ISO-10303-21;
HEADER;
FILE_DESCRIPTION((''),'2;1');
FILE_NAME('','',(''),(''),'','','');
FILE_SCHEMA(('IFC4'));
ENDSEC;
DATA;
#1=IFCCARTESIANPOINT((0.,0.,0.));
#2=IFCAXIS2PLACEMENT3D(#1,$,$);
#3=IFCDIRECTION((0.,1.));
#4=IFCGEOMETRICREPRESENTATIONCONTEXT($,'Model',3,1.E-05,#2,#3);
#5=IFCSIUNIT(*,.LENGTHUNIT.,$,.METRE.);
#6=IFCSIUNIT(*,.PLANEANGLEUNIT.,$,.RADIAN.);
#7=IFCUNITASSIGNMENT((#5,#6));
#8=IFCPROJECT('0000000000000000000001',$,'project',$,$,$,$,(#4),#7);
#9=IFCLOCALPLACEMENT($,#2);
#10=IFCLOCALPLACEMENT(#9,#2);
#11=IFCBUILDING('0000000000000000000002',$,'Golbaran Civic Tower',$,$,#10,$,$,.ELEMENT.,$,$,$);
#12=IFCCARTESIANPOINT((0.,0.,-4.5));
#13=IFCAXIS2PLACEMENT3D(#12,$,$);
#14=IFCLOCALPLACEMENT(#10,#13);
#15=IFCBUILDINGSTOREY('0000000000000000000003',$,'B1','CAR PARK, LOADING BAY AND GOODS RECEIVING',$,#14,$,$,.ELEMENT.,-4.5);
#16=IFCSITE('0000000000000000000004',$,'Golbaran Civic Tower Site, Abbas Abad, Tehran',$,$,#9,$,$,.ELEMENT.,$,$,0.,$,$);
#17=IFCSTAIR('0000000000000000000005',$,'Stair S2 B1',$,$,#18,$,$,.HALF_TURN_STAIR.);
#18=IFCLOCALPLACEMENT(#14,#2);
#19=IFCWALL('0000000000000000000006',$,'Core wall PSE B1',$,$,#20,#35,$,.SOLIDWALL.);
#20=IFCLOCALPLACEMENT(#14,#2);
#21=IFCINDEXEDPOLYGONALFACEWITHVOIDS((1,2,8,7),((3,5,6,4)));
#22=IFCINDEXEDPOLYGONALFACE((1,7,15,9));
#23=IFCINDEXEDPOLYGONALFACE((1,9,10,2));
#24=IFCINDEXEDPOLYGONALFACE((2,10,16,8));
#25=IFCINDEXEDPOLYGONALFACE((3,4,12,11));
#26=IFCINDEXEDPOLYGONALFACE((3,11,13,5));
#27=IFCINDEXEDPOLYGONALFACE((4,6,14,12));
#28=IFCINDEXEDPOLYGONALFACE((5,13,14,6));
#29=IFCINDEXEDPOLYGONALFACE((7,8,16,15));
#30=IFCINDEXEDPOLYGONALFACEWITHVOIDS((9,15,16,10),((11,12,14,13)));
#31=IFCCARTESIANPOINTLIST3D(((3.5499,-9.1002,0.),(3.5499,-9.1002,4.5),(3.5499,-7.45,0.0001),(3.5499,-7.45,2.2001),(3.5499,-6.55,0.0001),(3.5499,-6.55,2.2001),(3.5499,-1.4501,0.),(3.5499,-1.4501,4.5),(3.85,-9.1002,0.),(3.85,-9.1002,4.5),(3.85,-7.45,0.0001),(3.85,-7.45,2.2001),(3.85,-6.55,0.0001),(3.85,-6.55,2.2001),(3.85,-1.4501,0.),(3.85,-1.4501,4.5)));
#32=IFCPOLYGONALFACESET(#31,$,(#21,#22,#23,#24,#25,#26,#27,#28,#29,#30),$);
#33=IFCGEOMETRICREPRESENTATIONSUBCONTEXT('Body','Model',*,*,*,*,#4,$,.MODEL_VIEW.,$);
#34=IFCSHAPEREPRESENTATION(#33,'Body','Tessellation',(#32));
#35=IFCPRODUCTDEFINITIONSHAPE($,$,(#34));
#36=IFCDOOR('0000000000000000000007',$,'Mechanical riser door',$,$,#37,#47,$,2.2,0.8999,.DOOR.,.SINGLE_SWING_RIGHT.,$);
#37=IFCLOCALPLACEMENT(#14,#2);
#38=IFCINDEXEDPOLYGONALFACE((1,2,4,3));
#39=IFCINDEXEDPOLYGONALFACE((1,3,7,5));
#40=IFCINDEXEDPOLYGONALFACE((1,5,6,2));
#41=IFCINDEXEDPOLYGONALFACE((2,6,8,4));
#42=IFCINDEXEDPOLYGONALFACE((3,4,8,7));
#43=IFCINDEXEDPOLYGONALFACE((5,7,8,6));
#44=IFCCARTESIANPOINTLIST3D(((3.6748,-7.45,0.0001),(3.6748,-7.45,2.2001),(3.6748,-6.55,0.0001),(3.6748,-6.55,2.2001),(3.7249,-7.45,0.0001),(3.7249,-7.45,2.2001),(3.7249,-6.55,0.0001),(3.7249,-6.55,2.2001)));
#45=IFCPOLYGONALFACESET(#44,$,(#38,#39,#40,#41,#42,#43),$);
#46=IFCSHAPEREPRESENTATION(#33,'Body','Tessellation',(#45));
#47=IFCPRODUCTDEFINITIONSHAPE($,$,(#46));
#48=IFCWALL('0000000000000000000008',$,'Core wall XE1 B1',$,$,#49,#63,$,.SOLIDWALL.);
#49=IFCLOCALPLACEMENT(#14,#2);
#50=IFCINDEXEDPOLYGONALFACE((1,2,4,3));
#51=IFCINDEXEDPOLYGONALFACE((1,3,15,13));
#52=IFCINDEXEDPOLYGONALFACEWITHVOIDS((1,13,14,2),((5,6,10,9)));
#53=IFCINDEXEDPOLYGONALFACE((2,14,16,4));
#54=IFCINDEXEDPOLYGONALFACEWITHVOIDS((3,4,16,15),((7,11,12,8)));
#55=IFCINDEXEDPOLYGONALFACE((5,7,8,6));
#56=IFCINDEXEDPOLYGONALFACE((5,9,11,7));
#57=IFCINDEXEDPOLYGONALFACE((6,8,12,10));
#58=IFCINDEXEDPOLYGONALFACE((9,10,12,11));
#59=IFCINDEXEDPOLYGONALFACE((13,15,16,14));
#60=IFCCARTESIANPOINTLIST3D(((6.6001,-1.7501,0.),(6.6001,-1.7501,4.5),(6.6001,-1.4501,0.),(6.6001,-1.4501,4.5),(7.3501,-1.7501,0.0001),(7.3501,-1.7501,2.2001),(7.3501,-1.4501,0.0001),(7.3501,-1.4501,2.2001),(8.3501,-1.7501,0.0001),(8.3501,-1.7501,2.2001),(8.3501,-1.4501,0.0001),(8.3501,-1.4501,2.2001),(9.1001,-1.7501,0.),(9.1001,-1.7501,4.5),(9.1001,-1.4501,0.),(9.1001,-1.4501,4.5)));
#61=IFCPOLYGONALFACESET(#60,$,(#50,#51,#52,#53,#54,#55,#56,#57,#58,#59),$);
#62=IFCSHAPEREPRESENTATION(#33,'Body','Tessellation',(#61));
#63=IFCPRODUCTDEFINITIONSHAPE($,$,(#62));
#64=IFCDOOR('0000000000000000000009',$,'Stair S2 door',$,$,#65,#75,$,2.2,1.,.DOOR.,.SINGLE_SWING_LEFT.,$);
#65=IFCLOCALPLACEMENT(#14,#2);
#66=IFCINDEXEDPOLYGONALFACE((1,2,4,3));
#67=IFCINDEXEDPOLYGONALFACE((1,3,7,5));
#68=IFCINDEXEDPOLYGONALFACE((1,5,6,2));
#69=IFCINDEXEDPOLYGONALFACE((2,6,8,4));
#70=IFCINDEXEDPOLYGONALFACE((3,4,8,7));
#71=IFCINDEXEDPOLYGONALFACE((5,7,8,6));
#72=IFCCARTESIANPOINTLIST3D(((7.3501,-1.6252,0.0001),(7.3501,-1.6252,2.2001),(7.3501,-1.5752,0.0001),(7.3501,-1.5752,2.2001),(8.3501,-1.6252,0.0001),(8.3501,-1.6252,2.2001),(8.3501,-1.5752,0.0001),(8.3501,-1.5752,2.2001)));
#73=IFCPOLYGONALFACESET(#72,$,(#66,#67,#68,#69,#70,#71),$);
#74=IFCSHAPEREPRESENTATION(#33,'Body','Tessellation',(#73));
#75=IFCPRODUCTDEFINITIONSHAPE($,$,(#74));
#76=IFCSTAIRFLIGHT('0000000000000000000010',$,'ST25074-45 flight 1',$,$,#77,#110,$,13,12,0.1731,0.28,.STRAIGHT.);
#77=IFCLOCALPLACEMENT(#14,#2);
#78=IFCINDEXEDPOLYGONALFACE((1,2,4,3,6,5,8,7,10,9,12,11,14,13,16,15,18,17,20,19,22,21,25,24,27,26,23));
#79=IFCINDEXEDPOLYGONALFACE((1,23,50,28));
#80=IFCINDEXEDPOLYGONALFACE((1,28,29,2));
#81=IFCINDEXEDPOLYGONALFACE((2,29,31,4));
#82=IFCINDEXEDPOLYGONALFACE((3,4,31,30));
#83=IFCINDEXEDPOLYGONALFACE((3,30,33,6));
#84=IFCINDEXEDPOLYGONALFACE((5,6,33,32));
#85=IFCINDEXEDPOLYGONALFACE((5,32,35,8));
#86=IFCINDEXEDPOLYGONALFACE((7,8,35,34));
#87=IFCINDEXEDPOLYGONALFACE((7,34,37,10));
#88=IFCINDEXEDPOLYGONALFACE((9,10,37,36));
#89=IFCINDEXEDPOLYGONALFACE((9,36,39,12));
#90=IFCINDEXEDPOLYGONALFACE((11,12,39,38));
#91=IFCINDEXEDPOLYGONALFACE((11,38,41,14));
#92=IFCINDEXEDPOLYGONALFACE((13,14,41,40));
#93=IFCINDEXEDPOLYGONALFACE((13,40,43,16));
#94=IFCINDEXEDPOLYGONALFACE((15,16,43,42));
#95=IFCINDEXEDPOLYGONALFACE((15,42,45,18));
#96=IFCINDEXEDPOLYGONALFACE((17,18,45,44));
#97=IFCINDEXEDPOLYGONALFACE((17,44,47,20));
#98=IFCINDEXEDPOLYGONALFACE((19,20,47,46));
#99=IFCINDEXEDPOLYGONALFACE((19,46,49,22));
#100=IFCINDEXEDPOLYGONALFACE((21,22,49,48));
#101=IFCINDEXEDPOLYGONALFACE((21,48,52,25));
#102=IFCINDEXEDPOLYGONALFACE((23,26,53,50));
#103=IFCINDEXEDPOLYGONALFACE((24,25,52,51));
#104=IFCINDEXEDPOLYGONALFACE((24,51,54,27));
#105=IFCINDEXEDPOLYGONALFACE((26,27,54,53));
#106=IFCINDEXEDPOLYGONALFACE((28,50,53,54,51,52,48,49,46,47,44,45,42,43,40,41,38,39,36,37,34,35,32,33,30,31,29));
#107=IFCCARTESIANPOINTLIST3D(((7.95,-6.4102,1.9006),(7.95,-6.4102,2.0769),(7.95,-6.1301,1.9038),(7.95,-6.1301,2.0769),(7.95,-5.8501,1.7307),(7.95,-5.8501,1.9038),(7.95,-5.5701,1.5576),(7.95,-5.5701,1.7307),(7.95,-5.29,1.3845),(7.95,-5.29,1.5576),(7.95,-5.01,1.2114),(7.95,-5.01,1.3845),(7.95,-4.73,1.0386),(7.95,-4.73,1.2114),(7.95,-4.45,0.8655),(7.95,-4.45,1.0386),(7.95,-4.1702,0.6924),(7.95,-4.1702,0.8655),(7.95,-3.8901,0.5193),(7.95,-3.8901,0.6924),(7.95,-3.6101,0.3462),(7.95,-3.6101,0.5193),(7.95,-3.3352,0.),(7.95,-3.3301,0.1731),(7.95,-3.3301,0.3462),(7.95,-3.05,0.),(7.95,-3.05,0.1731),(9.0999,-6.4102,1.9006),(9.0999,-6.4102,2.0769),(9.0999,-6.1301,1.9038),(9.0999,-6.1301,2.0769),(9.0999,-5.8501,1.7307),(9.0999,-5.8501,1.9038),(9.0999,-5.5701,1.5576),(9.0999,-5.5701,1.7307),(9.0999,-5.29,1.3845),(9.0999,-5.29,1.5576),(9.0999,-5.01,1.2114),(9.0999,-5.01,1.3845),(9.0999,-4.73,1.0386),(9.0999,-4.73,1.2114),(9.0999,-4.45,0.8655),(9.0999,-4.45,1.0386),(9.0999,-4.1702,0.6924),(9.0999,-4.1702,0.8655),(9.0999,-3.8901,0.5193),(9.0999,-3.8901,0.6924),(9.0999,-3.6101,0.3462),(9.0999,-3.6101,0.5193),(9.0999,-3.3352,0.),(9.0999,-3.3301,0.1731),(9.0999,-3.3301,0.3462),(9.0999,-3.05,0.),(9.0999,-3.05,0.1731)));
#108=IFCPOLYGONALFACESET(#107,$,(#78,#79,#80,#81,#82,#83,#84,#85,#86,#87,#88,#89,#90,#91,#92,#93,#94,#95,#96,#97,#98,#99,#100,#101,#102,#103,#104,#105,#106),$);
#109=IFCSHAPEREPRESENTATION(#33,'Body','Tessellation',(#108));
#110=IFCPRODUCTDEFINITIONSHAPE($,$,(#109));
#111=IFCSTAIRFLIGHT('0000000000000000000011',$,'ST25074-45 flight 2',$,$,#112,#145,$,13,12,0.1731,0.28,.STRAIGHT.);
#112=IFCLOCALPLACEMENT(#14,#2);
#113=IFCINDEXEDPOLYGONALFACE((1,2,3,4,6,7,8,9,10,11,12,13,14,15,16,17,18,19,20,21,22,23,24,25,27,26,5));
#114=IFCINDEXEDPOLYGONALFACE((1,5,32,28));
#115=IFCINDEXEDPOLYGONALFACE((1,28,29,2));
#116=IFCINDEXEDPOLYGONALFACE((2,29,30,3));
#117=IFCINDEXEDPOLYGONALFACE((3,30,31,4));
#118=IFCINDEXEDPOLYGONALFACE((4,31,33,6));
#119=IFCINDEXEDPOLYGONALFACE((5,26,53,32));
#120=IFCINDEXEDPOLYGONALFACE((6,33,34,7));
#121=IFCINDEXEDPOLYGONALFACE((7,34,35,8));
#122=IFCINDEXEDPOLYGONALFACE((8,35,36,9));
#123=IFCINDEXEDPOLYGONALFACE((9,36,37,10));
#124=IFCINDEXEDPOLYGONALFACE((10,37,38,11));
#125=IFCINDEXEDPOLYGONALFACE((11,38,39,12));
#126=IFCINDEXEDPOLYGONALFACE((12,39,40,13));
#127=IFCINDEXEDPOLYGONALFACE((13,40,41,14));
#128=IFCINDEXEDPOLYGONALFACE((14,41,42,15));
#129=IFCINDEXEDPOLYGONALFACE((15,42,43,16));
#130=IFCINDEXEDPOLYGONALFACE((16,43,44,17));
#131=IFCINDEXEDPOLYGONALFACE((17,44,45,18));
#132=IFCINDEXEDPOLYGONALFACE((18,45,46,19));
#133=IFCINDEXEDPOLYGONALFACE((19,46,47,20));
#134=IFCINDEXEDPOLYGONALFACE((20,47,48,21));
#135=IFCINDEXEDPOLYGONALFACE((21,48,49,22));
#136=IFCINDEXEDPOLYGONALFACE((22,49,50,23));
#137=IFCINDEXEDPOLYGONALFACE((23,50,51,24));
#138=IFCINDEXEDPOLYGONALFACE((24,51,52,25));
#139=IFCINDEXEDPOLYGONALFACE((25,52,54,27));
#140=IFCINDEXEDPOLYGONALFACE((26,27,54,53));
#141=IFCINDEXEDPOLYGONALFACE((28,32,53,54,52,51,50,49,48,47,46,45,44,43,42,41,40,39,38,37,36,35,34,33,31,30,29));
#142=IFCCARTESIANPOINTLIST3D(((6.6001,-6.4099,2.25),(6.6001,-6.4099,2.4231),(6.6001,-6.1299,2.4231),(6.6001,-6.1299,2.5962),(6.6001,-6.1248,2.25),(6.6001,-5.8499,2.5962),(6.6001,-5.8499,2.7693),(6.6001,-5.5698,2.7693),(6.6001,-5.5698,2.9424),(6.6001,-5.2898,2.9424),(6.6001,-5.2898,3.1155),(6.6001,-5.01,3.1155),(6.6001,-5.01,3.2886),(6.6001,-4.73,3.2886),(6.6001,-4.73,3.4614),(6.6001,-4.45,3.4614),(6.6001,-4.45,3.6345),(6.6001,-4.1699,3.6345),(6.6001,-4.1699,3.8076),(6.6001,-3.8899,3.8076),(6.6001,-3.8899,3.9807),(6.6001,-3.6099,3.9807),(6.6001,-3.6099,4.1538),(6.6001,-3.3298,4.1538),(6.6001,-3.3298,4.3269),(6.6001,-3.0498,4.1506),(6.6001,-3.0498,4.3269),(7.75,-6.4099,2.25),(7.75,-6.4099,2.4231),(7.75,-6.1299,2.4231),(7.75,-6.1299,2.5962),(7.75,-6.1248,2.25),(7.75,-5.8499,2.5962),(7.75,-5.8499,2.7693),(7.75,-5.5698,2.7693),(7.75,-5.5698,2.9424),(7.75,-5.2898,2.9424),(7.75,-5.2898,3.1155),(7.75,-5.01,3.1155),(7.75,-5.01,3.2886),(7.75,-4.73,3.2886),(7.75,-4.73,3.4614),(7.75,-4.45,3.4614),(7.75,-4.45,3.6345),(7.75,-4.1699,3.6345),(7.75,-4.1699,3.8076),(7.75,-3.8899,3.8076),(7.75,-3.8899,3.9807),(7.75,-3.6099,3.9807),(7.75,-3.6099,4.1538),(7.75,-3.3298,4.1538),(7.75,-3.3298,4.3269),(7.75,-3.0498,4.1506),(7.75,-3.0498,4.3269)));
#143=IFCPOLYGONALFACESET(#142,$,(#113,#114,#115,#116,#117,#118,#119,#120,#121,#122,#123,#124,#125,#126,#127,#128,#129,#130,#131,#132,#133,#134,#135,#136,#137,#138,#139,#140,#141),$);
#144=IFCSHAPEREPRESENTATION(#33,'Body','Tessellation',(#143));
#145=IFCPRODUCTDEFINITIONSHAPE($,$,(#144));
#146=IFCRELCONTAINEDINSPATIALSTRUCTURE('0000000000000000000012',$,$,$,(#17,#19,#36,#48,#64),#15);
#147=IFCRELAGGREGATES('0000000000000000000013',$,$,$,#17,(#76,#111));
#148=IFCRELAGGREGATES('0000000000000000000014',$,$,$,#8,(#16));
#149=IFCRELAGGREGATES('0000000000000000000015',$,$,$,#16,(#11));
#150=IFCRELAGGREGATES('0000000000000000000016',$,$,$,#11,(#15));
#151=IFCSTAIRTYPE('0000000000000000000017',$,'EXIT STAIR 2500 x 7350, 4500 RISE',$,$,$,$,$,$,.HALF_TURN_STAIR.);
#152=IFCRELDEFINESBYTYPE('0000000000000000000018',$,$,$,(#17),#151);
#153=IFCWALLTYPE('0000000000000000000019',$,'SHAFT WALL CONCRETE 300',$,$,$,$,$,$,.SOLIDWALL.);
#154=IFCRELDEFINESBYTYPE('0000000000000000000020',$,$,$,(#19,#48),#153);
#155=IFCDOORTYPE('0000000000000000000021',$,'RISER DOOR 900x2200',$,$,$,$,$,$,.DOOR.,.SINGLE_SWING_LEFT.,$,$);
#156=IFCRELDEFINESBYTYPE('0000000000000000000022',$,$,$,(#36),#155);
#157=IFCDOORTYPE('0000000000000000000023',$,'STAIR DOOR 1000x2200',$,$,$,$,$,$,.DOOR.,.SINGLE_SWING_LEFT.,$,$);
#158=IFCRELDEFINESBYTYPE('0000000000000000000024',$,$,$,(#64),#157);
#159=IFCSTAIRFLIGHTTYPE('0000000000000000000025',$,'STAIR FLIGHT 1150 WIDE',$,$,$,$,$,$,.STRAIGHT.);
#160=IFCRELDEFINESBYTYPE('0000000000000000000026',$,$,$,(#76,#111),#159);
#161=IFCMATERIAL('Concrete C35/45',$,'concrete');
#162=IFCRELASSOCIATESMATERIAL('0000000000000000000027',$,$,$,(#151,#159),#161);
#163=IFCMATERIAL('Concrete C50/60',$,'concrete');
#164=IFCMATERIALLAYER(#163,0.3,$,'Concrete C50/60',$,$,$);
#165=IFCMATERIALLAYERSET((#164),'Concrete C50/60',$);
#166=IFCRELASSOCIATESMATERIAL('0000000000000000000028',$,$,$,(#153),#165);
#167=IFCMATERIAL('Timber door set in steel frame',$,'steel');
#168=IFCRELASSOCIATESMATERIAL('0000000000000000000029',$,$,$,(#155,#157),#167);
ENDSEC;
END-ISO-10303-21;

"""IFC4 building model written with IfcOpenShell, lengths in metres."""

from ifc_helpers import new_model, si_unit, direction, frame, frame_2d, origin, place, context, subcontext, project, spatial, polyline, rectangle, outline, extrude, material, layer, layer_set, type_object, element, fill, aggregate, save


model = new_model("IFC4")

# Units and contexts
model_context = context("Model", 3, precision=1e-05, world=origin(), true_north=direction((0.0, 1.0)))
body_context = subcontext(model_context, "Body", "Model", "MODEL_VIEW")
ifc_project = project(units=[si_unit("LENGTHUNIT", "METRE"), si_unit("PLANEANGLEUNIT", "RADIAN")], contexts=[model_context])

# Site, building, storey
site_placement = place(None, origin())
site = spatial("IfcSite", under=ifc_project, at=site_placement, Name="Golbaran Civic Tower Site, Abbas Abad, Tehran", CompositionType="ELEMENT", RefElevation=0.0)
building_placement = place(site_placement, origin())
building = spatial("IfcBuilding", under=site, at=building_placement, Name="Golbaran Civic Tower", CompositionType="ELEMENT")
storey_placement = place(building_placement, frame((0.0, 0.0, -4.5)))
storey = spatial("IfcBuildingStorey", under=building, at=storey_placement, Name="B1", Description="CAR PARK, LOADING BAY AND GOODS RECEIVING", CompositionType="ELEMENT", Elevation=-4.5)

# Shared definitions
ifc_material_1 = material(Name="Concrete C50/60", Category="concrete")

# Shared definitions
ifc_material_2 = material(Name="Concrete C35/45", Category="concrete")
stair_type_1 = type_object("IfcStairType", Name="EXIT STAIR 2500 x 7350, 4500 RISE", PredefinedType="HALF_TURN_STAIR", material=ifc_material_2)

# Stair
stair_1_placement = place(storey_placement, origin())
stair_1 = element("IfcStair", 1, at=stair_1_placement, inside=storey, type_object=stair_type_1, Name="Stair S2 B1", PredefinedType="HALF_TURN_STAIR")

# Shared definitions
ifc_material_3 = material(Name="Timber door set in steel frame", Category="steel")

# Shared definitions
ifc_layer_1 = layer(ifc_material_1, 0.3, Name="Concrete C50/60")
ifc_layer_set_1 = layer_set([ifc_layer_1], Name="Concrete C50/60")
wall_type_1 = type_object("IfcWallType", Name="SHAFT WALL CONCRETE 300", PredefinedType="SOLIDWALL", material=ifc_layer_set_1)

# Shared definitions
door_type_1 = type_object("IfcDoorType", Name="RISER DOOR 900x2200", OperationType="SINGLE_SWING_LEFT", PredefinedType="DOOR", material=ifc_material_3)
door_type_2 = type_object("IfcDoorType", Name="STAIR DOOR 1000x2200", OperationType="SINGLE_SWING_LEFT", PredefinedType="DOOR", material=ifc_material_3)

# Walls, openings, doors
wall_1_placement = place(storey_placement, frame((3.7, -1.45, 0.0), z_axis=(0.0, 0.0, 1.0), x_axis=(0.0, -1.0, 0.0)))
wall_1 = element("IfcWall", 2, at=wall_1_placement, inside=storey, type_object=wall_type_1, Name="Core wall PSE B1", PredefinedType="SOLIDWALL", context=body_context, shape_type="SweptSolid", body=[
    extrude(rectangle(XDim=7.6501, YDim=0.3, at=frame_2d((3.8252, 0.0))), origin(), (0.0, 0.0, 1.0), 4.5),
])
opening_1_placement = place(wall_1_placement, frame((5.1001, 0.0, 0.0)))
opening_1 = element("IfcOpeningElement", 3, at=opening_1_placement, cuts=wall_1, PredefinedType="OPENING", context=body_context, shape_type="SweptSolid", body=[
    extrude(rectangle(XDim=0.8999, YDim=2.2, at=frame_2d((0.45, 1.1001))), frame((0.0, 0.1599, 0.0), z_axis=(0.0, -1.0, 0.0), x_axis=(1.0, 0.0, 0.0)), (0.0, 0.0, 1.0), 0.3201),
])
door_1_placement = place(opening_1_placement, origin())
door_1 = element("IfcDoor", 4, at=door_1_placement, inside=storey, type_object=door_type_1, Name="Mechanical riser door", OperationType="SINGLE_SWING_RIGHT", OverallHeight=2.2, OverallWidth=0.8999, PredefinedType="DOOR", context=body_context, shape_type="SweptSolid", body=[
    extrude(rectangle(XDim=0.8999, YDim=2.2, at=frame_2d((0.45, 1.1001))), frame((0.0, 0.0249, 0.0), z_axis=(0.0, -1.0, 0.0), x_axis=(1.0, 0.0, 0.0)), (0.0, 0.0, 1.0), 0.05),
])
fill(opening_1, door_1)
wall_2_placement = place(storey_placement, frame((6.6001, -1.6001, 0.0), z_axis=(0.0, 0.0, 1.0), x_axis=(1.0, 0.0, 0.0)))
wall_2 = element("IfcWall", 5, at=wall_2_placement, inside=storey, type_object=wall_type_1, Name="Core wall XE1 B1", PredefinedType="SOLIDWALL", context=body_context, shape_type="SweptSolid", body=[
    extrude(rectangle(XDim=2.5, YDim=0.3, at=frame_2d((1.25, 0.0))), origin(), (0.0, 0.0, 1.0), 4.5),
])
opening_2_placement = place(wall_2_placement, frame((0.75, 0.0, 0.0)))
opening_2 = element("IfcOpeningElement", 6, at=opening_2_placement, cuts=wall_2, PredefinedType="OPENING", context=body_context, shape_type="SweptSolid", body=[
    extrude(rectangle(XDim=1.0, YDim=2.2, at=frame_2d((0.5, 1.1001))), frame((0.0, 0.1599, 0.0), z_axis=(0.0, -1.0, 0.0), x_axis=(1.0, 0.0, 0.0)), (0.0, 0.0, 1.0), 0.3201),
])
door_2_placement = place(opening_2_placement, origin())
door_2 = element("IfcDoor", 7, at=door_2_placement, inside=storey, type_object=door_type_2, Name="Stair S2 door", OperationType="SINGLE_SWING_LEFT", OverallHeight=2.2, OverallWidth=1.0, PredefinedType="DOOR", context=body_context, shape_type="SweptSolid", body=[
    extrude(rectangle(XDim=1.0, YDim=2.2, at=frame_2d((0.5, 1.1001))), frame((0.0, 0.0249, 0.0), z_axis=(0.0, -1.0, 0.0), x_axis=(1.0, 0.0, 0.0)), (0.0, 0.0, 1.0), 0.05),
])
fill(opening_2, door_2)

# Stair flights
stair_flight_type = type_object("IfcStairFlightType", Name="STAIR FLIGHT 1150 WIDE", PredefinedType="STRAIGHT", material=ifc_material_2)
stair_flight_1_placement = place(storey_placement, frame((8.5249, -3.05, 0.0), z_axis=(0.0, 0.0, 1.0), x_axis=(0.0, -1.0, 0.0)))
stair_flight_1 = element("IfcStairFlight", 8, at=stair_flight_1_placement, type_object=stair_flight_type, Name="ST25074-45 flight 1", NumberOfRisers=13, NumberOfTreads=12, PredefinedType="STRAIGHT", RiserHeight=0.1731, TreadLength=0.28, context=body_context, shape_type="SweptSolid", body=[
    extrude(outline(polyline([(0.0, 0.0), (0.0, 0.1731), (0.28, 0.1731), (0.28, 0.3462), (0.5601, 0.3462), (0.5601, 0.5193), (0.8401, 0.5193), (0.8401, 0.6924), (1.1201, 0.6924), (1.1201, 0.8655), (1.3999, 0.8655), (1.3999, 1.0386), (1.6799, 1.0386), (1.6799, 1.2114), (1.96, 1.2114), (1.96, 1.3845), (2.24, 1.3845), (2.24, 1.5576), (2.52, 1.5576), (2.52, 1.7307), (2.8, 1.7307), (2.8, 1.9038), (3.0801, 1.9038), (3.0801, 2.0769), (3.3601, 2.0769), (3.3601, 2.25), (3.3601, 1.9006), (0.2852, 0.0), (0.0, 0.0)])), frame((0.0, 0.575, 0.0), z_axis=(0.0, -1.0, 0.0), x_axis=(1.0, 0.0, 0.0)), (0.0, 0.0, 1.0), 1.1499),
])
stair_flight_2_placement = place(storey_placement, frame((7.175, -6.4099, 2.25), z_axis=(0.0, 0.0, 1.0), x_axis=(0.0, 1.0, 0.0)))
stair_flight_2 = element("IfcStairFlight", 9, at=stair_flight_2_placement, type_object=stair_flight_type, Name="ST25074-45 flight 2", NumberOfRisers=13, NumberOfTreads=12, PredefinedType="STRAIGHT", RiserHeight=0.1731, TreadLength=0.28, context=body_context, shape_type="SweptSolid", body=[
    extrude(outline(polyline([(0.0, 0.0), (0.0, 0.1731), (0.28, 0.1731), (0.28, 0.3462), (0.5601, 0.3462), (0.5601, 0.5193), (0.8401, 0.5193), (0.8401, 0.6924), (1.1201, 0.6924), (1.1201, 0.8655), (1.3999, 0.8655), (1.3999, 1.0386), (1.6799, 1.0386), (1.6799, 1.2114), (1.96, 1.2114), (1.96, 1.3845), (2.24, 1.3845), (2.24, 1.5576), (2.52, 1.5576), (2.52, 1.7307), (2.8, 1.7307), (2.8, 1.9038), (3.0801, 1.9038), (3.0801, 2.0769), (3.3601, 2.0769), (3.3601, 2.25), (3.3601, 1.9006), (0.2852, 0.0), (0.0, 0.0)])), frame((0.0, 0.575, 0.0), z_axis=(0.0, -1.0, 0.0), x_axis=(1.0, 0.0, 0.0)), (0.0, 0.0, 1.0), 1.1499),
])
aggregate(stair_1, [stair_flight_1, stair_flight_2])

save(model, "model.ifc")
